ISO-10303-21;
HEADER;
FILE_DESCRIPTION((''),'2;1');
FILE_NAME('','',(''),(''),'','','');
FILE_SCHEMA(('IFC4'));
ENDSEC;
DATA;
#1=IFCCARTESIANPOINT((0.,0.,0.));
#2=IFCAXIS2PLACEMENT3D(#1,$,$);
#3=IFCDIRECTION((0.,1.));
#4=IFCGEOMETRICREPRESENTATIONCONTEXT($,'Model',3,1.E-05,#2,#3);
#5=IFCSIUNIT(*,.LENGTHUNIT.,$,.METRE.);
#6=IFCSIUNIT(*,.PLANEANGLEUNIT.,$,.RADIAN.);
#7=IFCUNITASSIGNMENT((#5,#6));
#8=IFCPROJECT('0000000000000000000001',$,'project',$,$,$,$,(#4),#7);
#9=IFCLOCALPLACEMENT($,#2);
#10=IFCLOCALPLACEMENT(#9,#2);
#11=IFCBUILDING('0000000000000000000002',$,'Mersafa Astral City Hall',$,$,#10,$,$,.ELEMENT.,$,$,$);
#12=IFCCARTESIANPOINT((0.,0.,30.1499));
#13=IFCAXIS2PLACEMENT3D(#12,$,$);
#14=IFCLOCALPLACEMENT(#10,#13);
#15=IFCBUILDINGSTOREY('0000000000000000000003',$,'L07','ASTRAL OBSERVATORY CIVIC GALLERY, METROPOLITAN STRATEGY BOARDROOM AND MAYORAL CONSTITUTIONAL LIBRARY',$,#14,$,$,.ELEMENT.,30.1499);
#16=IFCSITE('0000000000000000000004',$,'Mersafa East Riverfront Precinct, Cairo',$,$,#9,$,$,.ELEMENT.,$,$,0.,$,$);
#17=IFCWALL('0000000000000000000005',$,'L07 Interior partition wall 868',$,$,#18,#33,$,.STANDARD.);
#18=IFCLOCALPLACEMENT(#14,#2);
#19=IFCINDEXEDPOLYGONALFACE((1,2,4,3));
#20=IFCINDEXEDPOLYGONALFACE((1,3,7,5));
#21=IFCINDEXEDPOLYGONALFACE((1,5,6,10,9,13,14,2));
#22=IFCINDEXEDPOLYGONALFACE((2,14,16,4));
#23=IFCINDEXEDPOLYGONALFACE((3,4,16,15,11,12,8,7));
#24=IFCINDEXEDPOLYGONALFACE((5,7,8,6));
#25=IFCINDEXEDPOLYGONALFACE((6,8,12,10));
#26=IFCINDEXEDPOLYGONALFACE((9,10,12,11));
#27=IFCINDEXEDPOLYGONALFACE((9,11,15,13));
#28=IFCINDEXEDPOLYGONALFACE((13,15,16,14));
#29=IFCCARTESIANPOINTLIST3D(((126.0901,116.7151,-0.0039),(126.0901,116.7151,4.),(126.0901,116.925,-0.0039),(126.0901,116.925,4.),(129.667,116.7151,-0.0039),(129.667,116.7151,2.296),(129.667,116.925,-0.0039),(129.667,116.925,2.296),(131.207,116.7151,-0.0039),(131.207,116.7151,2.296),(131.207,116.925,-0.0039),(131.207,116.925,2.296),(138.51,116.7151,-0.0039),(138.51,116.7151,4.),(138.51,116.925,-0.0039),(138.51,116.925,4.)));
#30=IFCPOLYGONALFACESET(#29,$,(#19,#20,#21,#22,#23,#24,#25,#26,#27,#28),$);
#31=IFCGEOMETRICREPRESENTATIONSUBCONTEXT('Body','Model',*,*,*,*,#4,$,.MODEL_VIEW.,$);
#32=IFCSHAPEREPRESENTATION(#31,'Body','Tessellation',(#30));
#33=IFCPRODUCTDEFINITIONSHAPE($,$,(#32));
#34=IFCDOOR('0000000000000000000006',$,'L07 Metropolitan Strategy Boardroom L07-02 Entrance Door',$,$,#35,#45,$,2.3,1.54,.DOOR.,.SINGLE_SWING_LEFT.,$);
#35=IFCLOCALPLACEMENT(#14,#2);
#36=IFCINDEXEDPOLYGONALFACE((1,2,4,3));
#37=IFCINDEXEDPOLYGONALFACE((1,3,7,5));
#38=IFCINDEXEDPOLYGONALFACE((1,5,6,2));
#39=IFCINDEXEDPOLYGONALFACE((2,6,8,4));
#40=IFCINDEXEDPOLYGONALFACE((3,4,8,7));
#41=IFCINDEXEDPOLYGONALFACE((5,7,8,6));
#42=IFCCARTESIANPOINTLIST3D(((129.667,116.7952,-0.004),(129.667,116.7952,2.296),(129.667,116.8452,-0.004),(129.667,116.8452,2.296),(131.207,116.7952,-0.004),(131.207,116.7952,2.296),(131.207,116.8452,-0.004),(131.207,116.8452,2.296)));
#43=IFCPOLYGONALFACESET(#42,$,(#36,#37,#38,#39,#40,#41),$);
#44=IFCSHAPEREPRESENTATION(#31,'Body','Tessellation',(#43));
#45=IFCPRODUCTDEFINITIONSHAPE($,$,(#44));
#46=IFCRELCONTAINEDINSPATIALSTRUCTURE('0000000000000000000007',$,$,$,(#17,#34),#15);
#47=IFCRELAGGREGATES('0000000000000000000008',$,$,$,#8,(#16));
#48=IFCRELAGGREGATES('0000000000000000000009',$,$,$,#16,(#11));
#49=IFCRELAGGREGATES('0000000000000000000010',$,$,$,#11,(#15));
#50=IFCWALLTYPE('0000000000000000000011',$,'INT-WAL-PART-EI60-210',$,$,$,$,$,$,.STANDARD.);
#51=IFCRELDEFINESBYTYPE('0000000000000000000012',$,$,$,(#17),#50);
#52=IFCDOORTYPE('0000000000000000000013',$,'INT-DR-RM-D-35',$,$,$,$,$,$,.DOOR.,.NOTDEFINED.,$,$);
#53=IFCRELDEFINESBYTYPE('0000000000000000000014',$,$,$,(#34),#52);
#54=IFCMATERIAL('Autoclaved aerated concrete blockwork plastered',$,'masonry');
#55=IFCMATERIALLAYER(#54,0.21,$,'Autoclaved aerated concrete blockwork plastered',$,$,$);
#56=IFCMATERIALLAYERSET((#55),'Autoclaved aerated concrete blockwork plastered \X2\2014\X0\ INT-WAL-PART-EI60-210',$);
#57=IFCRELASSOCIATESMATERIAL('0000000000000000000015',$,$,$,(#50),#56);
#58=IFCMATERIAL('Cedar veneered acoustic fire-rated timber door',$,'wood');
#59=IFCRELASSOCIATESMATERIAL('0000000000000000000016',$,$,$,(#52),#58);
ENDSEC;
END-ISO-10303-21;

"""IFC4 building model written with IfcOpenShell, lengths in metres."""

from ifc_helpers import new_model, si_unit, direction, frame, frame_2d, origin, place, context, subcontext, project, spatial, rectangle, extrude, material, layer, layer_set, type_object, element, fill, save


model = new_model("IFC4")

# Units and contexts
model_context = context("Model", 3, precision=1e-05, world=origin(), true_north=direction((0.0, 1.0)))
body_context = subcontext(model_context, "Body", "Model", "MODEL_VIEW")
ifc_project = project(units=[si_unit("LENGTHUNIT", "METRE"), si_unit("PLANEANGLEUNIT", "RADIAN")], contexts=[model_context])

# Site, building, storey
site_placement = place(None, origin())
site = spatial("IfcSite", under=ifc_project, at=site_placement, Name="Mersafa East Riverfront Precinct, Cairo", CompositionType="ELEMENT", RefElevation=0.0)
building_placement = place(site_placement, origin())
building = spatial("IfcBuilding", under=site, at=building_placement, Name="Mersafa Astral City Hall", CompositionType="ELEMENT")
storey_placement = place(building_placement, frame((0.0, 0.0, 30.1499)))
storey = spatial("IfcBuildingStorey", under=building, at=storey_placement, Name="L07", Description="ASTRAL OBSERVATORY CIVIC GALLERY, METROPOLITAN STRATEGY BOARDROOM AND MAYORAL CONSTITUTIONAL LIBRARY", CompositionType="ELEMENT", Elevation=30.1499)

# Wall, opening, door
ifc_material_1 = material(Name="Cedar veneered acoustic fire-rated timber door", Category="wood")
ifc_material_2 = material(Name="Autoclaved aerated concrete blockwork plastered", Category="masonry")
ifc_layer_1 = layer(ifc_material_2, 0.21, Name="Autoclaved aerated concrete blockwork plastered")
ifc_layer_set_1 = layer_set([ifc_layer_1], Name="Autoclaved aerated concrete blockwork plastered — INT-WAL-PART-EI60-210")
wall_type_1 = type_object("IfcWallType", Name="INT-WAL-PART-EI60-210", PredefinedType="STANDARD", material=ifc_layer_set_1)
wall_1_placement = place(storey_placement, frame((138.51, 116.8201, -0.0039), z_axis=(0.0, 0.0, 1.0), x_axis=(-1.0, 0.0, 0.0)))
wall_1 = element("IfcWall", 1, at=wall_1_placement, inside=storey, type_object=wall_type_1, Name="L07 Interior partition wall 868", PredefinedType="STANDARD", context=body_context, shape_type="SweptSolid", body=[
    extrude(rectangle(XDim=12.4199, YDim=0.21, at=frame_2d((6.21, 0.0))), origin(), (0.0, 0.0, 1.0), 4.0039),
])
opening_1_placement = place(wall_1_placement, frame((7.303, 0.0, 0.0)))
opening_1 = element("IfcOpeningElement", 2, at=opening_1_placement, cuts=wall_1, PredefinedType="OPENING", context=body_context, shape_type="SweptSolid", body=[
    extrude(rectangle(XDim=1.54, YDim=2.3, at=frame_2d((0.77, 1.1499))), frame((0.0, 0.115, 0.0), z_axis=(0.0, -1.0, 0.0), x_axis=(1.0, 0.0, 0.0)), (0.0, 0.0, 1.0), 0.23),
])
door_type_1 = type_object("IfcDoorType", Name="INT-DR-RM-D-35", OperationType="NOTDEFINED", PredefinedType="DOOR", material=ifc_material_1)
door_1_placement = place(opening_1_placement, origin())
door_1 = element("IfcDoor", 3, at=door_1_placement, inside=storey, type_object=door_type_1, Name="L07 Metropolitan Strategy Boardroom L07-02 Entrance Door", OperationType="SINGLE_SWING_LEFT", OverallHeight=2.3, OverallWidth=1.54, PredefinedType="DOOR", context=body_context, shape_type="SweptSolid", body=[
    extrude(rectangle(XDim=1.54, YDim=2.3, at=frame_2d((0.77, 1.1499))), frame((0.0, 0.0249, 0.0), z_axis=(0.0, -1.0, 0.0), x_axis=(1.0, 0.0, 0.0)), (0.0, 0.0, 1.0), 0.05),
])
fill(opening_1, door_1)

save(model, "model.ifc")
